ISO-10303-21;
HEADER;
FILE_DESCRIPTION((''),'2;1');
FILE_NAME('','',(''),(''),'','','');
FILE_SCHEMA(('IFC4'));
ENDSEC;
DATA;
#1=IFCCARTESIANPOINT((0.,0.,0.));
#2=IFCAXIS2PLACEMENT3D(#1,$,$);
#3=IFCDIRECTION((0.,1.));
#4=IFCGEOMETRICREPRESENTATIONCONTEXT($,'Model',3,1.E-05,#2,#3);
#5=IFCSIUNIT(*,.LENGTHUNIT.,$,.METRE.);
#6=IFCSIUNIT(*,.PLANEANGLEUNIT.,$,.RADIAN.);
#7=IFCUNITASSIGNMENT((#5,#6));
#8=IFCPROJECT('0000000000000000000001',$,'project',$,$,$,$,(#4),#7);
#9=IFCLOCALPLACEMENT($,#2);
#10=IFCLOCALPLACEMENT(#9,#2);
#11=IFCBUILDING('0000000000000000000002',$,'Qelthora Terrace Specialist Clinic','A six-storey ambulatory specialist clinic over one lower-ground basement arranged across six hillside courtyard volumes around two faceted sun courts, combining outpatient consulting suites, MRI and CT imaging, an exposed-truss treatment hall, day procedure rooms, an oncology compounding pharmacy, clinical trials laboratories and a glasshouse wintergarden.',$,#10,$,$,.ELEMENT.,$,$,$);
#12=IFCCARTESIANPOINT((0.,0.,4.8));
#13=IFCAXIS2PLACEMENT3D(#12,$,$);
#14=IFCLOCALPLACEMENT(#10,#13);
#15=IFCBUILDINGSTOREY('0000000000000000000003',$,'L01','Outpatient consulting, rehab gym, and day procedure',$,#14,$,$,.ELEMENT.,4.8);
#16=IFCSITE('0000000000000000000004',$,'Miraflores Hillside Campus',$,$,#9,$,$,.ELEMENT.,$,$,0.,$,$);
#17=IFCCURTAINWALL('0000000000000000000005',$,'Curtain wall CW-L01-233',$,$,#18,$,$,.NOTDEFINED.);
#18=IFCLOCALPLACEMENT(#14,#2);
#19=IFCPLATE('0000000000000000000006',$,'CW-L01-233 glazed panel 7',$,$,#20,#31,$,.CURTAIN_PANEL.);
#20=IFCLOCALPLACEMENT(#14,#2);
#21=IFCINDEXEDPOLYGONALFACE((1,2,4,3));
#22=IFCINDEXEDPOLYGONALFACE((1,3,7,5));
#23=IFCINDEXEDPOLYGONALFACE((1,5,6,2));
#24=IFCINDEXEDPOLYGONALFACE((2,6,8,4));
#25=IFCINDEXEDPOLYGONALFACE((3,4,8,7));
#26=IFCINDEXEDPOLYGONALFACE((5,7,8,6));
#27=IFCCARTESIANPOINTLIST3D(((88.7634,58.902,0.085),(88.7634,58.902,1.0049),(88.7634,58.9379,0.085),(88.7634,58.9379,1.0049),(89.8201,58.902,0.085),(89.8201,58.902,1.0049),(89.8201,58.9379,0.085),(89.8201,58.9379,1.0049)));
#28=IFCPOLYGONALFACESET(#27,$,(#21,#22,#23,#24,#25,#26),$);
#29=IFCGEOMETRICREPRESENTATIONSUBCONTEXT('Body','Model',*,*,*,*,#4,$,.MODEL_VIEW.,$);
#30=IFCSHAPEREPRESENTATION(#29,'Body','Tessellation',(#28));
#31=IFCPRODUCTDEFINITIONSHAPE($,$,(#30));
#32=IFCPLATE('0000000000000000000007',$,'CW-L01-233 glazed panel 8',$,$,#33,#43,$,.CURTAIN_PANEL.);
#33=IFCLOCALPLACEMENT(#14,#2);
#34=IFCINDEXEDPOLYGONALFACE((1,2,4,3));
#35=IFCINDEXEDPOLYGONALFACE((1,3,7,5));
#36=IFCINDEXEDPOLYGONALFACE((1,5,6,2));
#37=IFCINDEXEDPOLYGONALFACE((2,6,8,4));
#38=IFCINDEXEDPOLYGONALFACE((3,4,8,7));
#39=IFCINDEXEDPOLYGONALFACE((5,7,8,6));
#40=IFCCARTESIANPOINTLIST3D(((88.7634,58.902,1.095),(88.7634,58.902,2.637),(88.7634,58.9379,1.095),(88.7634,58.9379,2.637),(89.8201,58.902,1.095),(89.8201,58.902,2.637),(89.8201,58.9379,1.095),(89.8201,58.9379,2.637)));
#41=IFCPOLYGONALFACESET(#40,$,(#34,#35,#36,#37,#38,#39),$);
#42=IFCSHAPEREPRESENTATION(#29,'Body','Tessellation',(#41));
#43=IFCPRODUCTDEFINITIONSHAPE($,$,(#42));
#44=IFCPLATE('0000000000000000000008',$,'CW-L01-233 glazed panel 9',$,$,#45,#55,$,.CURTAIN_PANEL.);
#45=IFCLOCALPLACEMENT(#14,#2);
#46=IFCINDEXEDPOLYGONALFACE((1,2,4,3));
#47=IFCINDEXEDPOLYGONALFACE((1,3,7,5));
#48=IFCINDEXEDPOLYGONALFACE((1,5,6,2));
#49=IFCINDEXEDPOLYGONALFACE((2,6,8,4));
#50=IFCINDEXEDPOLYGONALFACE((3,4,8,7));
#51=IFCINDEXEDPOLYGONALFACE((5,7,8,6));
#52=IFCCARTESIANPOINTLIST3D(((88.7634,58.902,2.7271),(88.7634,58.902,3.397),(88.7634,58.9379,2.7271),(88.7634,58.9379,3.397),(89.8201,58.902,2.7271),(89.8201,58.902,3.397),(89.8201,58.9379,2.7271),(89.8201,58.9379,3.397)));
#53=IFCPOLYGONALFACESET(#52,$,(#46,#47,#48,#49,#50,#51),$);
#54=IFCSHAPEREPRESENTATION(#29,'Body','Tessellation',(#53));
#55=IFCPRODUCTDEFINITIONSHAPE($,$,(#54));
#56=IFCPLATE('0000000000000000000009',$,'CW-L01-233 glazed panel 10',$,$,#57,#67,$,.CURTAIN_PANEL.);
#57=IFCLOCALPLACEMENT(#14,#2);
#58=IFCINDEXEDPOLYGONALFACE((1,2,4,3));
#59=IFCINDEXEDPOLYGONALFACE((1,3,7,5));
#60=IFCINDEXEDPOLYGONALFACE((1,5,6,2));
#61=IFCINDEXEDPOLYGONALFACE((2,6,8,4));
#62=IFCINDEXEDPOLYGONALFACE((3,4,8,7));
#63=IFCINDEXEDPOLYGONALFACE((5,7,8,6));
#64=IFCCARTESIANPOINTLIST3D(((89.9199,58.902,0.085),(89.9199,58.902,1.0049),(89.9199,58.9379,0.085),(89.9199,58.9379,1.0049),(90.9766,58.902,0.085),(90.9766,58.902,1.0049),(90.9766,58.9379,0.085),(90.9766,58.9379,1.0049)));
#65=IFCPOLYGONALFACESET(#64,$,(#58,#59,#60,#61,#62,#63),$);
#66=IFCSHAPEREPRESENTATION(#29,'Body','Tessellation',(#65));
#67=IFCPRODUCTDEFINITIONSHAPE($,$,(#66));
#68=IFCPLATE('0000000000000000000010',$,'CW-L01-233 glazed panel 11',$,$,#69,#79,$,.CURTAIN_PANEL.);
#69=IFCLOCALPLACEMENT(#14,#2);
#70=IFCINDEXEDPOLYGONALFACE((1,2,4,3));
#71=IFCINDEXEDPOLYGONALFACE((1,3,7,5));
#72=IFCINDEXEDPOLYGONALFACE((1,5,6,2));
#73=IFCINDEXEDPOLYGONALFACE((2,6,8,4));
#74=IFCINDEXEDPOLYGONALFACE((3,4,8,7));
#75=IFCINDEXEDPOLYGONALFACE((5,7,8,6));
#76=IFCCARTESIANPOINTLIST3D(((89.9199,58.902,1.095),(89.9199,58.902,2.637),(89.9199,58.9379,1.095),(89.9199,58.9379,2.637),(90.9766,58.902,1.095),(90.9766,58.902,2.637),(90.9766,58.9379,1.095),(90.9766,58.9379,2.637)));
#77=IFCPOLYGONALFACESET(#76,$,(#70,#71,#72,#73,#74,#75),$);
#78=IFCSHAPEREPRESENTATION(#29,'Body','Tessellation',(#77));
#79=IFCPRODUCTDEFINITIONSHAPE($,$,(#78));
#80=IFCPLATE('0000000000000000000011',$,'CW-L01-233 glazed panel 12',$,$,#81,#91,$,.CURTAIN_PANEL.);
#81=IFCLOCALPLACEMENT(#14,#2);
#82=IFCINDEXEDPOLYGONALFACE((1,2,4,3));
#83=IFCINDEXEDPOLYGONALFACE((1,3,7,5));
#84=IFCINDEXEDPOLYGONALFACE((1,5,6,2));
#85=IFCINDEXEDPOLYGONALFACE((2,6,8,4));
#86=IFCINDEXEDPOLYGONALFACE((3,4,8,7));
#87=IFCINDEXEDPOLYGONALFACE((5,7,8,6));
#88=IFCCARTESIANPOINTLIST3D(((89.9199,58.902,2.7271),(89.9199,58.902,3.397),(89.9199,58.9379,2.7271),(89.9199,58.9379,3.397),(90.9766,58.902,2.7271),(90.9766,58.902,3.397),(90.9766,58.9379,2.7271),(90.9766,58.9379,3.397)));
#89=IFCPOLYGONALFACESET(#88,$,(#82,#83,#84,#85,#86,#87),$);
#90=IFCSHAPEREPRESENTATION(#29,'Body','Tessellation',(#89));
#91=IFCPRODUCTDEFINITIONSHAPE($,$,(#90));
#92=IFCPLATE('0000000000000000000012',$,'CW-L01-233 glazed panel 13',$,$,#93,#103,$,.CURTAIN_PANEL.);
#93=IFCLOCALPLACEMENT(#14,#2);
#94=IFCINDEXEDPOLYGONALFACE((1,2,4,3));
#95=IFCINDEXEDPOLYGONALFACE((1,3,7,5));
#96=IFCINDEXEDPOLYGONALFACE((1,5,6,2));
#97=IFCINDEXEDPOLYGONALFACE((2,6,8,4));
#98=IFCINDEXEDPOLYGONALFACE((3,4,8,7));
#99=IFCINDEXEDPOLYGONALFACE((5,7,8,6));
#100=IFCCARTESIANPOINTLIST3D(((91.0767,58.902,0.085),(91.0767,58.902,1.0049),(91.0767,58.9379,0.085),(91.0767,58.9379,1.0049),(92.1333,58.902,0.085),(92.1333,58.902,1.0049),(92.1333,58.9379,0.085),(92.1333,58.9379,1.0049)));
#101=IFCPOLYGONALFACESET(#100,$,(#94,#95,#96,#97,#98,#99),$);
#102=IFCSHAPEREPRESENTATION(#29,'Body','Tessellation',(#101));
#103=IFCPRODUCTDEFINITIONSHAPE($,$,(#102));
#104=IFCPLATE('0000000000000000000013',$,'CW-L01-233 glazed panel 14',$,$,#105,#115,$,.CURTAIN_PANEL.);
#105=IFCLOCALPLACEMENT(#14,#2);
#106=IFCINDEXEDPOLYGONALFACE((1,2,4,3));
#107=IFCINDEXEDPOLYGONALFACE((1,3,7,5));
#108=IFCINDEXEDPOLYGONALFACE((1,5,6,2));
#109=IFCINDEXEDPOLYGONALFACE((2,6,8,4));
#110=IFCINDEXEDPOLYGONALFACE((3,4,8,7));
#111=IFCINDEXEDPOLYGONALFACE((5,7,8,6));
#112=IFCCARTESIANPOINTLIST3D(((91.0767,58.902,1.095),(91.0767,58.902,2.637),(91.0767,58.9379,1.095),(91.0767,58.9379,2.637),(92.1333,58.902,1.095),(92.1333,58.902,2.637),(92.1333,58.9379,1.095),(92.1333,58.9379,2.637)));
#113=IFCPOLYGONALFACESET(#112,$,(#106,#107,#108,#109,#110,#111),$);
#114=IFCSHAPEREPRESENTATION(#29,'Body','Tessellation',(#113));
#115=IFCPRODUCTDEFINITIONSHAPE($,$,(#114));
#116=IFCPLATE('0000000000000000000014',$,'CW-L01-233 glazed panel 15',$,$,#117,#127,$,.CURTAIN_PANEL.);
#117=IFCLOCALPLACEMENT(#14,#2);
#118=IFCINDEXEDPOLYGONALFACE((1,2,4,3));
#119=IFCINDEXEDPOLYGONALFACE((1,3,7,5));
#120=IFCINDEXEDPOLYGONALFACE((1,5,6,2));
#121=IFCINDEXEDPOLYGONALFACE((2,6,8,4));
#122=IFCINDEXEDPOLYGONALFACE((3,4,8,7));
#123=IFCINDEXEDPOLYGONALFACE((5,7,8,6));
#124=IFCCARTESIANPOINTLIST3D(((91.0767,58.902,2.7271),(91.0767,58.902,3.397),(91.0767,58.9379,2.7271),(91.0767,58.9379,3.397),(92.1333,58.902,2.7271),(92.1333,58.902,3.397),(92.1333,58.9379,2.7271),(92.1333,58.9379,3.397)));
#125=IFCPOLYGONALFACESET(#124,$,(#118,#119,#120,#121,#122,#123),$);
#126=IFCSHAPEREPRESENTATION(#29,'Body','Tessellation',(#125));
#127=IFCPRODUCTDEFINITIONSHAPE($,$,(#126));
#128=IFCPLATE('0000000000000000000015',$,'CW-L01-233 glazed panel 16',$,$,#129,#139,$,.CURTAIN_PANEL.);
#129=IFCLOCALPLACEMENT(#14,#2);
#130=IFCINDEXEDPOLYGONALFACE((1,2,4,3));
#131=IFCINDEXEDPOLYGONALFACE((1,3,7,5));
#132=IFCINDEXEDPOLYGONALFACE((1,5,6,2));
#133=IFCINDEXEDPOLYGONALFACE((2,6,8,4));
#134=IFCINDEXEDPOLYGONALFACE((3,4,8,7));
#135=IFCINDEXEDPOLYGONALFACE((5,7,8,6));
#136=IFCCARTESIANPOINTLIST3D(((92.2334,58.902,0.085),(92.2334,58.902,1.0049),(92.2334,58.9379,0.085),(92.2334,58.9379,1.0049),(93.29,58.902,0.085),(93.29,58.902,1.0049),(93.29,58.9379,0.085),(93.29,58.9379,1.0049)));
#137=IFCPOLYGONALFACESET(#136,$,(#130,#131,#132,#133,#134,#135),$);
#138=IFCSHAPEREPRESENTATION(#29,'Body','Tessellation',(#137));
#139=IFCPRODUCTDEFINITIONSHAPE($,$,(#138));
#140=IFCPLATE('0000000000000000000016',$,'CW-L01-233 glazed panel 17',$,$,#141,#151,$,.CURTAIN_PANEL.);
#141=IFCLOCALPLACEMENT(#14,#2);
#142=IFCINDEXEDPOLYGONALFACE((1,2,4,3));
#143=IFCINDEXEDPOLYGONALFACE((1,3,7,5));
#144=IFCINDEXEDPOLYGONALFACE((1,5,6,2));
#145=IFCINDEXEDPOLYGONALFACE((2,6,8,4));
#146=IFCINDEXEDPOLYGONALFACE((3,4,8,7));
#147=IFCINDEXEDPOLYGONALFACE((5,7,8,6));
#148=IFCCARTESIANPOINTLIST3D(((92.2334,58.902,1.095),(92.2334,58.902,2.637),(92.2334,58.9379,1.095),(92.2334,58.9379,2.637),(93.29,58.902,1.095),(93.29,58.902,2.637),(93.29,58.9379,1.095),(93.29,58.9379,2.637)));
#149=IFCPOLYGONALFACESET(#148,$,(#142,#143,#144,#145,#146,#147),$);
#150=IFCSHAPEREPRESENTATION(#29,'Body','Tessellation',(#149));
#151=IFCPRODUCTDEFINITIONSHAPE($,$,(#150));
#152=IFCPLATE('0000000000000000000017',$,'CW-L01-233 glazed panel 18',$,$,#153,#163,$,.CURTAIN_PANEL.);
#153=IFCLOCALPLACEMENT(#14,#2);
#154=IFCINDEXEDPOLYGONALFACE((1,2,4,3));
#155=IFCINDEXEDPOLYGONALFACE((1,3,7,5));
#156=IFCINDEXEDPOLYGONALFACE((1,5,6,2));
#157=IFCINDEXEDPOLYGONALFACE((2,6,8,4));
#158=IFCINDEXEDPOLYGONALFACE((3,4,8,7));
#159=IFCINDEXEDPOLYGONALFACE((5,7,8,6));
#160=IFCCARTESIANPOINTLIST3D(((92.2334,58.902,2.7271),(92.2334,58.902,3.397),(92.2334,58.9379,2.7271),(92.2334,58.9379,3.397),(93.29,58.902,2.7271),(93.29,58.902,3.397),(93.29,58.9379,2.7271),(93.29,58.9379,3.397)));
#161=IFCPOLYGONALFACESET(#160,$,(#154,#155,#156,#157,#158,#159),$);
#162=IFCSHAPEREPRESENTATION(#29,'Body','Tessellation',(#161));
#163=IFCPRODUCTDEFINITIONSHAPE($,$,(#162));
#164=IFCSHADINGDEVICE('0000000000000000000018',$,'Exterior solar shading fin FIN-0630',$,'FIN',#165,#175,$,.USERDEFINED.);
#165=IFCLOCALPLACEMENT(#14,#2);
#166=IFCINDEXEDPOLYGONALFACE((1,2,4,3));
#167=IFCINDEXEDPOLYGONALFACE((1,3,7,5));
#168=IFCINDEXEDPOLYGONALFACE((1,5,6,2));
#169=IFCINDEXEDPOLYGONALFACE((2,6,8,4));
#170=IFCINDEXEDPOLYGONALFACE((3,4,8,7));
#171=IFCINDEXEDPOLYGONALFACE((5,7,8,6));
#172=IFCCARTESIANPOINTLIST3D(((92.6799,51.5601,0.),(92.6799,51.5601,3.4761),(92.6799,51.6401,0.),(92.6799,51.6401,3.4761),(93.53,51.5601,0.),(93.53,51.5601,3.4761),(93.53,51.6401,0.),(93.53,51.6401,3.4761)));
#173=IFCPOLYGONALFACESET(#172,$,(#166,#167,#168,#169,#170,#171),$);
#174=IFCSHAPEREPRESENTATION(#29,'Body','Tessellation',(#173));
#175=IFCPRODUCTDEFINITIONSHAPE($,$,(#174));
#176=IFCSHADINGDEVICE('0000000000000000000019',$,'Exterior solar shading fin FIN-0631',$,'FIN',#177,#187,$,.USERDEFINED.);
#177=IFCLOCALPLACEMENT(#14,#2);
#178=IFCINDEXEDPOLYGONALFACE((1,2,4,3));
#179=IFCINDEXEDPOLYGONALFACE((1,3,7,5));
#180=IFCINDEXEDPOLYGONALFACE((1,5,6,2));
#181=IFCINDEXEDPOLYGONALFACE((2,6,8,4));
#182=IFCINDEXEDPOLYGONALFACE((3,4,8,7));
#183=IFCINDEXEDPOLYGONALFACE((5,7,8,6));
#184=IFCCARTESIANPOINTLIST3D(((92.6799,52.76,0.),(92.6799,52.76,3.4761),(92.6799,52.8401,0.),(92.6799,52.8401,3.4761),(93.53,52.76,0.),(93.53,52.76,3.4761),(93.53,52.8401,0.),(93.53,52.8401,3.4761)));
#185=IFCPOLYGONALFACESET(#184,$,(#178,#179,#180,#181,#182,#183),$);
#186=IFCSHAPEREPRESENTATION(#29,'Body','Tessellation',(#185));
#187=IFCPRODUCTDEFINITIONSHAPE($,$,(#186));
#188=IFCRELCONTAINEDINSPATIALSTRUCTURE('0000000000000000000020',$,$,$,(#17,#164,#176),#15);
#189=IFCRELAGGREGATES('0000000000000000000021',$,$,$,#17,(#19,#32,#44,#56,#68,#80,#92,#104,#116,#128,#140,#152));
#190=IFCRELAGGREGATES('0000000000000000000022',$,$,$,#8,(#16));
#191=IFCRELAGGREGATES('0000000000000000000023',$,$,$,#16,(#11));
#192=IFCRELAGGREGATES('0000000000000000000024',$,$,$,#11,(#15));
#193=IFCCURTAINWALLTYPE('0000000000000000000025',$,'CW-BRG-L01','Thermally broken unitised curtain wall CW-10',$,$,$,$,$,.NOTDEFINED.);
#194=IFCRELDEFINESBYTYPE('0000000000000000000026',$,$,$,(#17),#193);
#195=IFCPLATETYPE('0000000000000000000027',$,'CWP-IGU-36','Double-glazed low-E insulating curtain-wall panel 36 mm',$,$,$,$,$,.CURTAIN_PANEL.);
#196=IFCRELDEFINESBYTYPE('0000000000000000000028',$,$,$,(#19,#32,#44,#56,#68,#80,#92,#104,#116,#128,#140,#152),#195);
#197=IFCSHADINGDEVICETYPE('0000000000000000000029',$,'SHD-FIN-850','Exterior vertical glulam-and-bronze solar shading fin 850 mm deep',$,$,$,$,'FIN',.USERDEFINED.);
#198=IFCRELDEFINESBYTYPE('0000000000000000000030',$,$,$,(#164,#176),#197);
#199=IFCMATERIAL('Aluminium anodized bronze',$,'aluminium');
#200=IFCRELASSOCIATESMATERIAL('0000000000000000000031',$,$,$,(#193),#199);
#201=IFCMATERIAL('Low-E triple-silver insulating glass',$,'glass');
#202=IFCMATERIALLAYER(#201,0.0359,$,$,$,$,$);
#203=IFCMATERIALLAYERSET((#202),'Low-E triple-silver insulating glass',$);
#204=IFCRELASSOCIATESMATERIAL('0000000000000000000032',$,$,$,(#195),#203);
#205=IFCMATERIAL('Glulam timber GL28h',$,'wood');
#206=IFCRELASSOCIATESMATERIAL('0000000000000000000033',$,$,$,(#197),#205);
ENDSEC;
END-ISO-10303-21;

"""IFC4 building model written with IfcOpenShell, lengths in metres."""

from ifc_helpers import new_model, si_unit, direction, frame, origin, origin_2d, place, context, subcontext, project, spatial, rectangle, extrude, material, layer, layer_set, type_object, element, aggregate, save


model = new_model("IFC4")

# Units and contexts
model_context = context("Model", 3, precision=1e-05, world=origin(), true_north=direction((0.0, 1.0)))
body_context = subcontext(model_context, "Body", "Model", "MODEL_VIEW")
ifc_project = project(units=[si_unit("LENGTHUNIT", "METRE"), si_unit("PLANEANGLEUNIT", "RADIAN")], contexts=[model_context])

# Site, building, storey
site_placement = place(None, origin())
site = spatial("IfcSite", under=ifc_project, at=site_placement, Name="Miraflores Hillside Campus", CompositionType="ELEMENT", RefElevation=0.0)
building_placement = place(site_placement, origin())
building = spatial("IfcBuilding", under=site, at=building_placement, Name="Qelthora Terrace Specialist Clinic", Description="A six-storey ambulatory specialist clinic over one lower-ground basement arranged across six hillside courtyard volumes around two faceted sun courts, combining outpatient consulting suites, MRI and CT imaging, an exposed-truss treatment hall, day procedure rooms, an oncology compounding pharmacy, clinical trials laboratories and a glasshouse wintergarden.", CompositionType="ELEMENT")
storey_placement = place(building_placement, frame((0.0, 0.0, 4.8)))
storey = spatial("IfcBuildingStorey", under=building, at=storey_placement, Name="L01", Description="Outpatient consulting, rehab gym, and day procedure", CompositionType="ELEMENT", Elevation=4.8)

# Curtain wall
ifc_material_1 = material(Name="Aluminium anodized bronze", Category="aluminium")
curtain_wall_type = type_object("IfcCurtainWallType", Name="CW-BRG-L01", Description="Thermally broken unitised curtain wall CW-10", PredefinedType="NOTDEFINED", material=ifc_material_1)
curtain_wall_placement = place(storey_placement, origin())
curtain_wall = element("IfcCurtainWall", 1, at=curtain_wall_placement, inside=storey, type_object=curtain_wall_type, Name="Curtain wall CW-L01-233", PredefinedType="NOTDEFINED")

# Plates
ifc_material_2 = material(Name="Low-E triple-silver insulating glass", Category="glass")
ifc_layer = layer(ifc_material_2, 0.0359)
ifc_layer_set = layer_set([ifc_layer], Name="Low-E triple-silver insulating glass")
plate_type = type_object("IfcPlateType", Name="CWP-IGU-36", Description="Double-glazed low-E insulating curtain-wall panel 36 mm", PredefinedType="CURTAIN_PANEL", material=ifc_layer_set)
plate_1_placement = place(storey_placement, frame((89.2917, 58.9199, 0.085), z_axis=(0.0, 0.0, 1.0), x_axis=(1.0, 0.0, 0.0)))
plate_1 = element("IfcPlate", 2, at=plate_1_placement, type_object=plate_type, Name="CW-L01-233 glazed panel 7", PredefinedType="CURTAIN_PANEL", context=body_context, shape_type="SweptSolid", body=[
    extrude(rectangle(XDim=1.0566, YDim=0.0359, at=origin_2d()), origin(), (0.0, 0.0, 1.0), 0.9199),
])
plate_2_placement = place(storey_placement, frame((89.2917, 58.9199, 1.095), z_axis=(0.0, 0.0, 1.0), x_axis=(1.0, 0.0, 0.0)))
plate_2 = element("IfcPlate", 3, at=plate_2_placement, type_object=plate_type, Name="CW-L01-233 glazed panel 8", PredefinedType="CURTAIN_PANEL", context=body_context, shape_type="SweptSolid", body=[
    extrude(rectangle(XDim=1.0566, YDim=0.0359, at=origin_2d()), origin(), (0.0, 0.0, 1.0), 1.542),
])
plate_3_placement = place(storey_placement, frame((89.2917, 58.9199, 2.7271), z_axis=(0.0, 0.0, 1.0), x_axis=(1.0, 0.0, 0.0)))
plate_3 = element("IfcPlate", 4, at=plate_3_placement, type_object=plate_type, Name="CW-L01-233 glazed panel 9", PredefinedType="CURTAIN_PANEL", context=body_context, shape_type="SweptSolid", body=[
    extrude(rectangle(XDim=1.0566, YDim=0.0359, at=origin_2d()), origin(), (0.0, 0.0, 1.0), 0.6699),
])
plate_4_placement = place(storey_placement, frame((90.4482, 58.9199, 0.085), z_axis=(0.0, 0.0, 1.0), x_axis=(1.0, 0.0, 0.0)))
plate_4 = element("IfcPlate", 5, at=plate_4_placement, type_object=plate_type, Name="CW-L01-233 glazed panel 10", PredefinedType="CURTAIN_PANEL", context=body_context, shape_type="SweptSolid", body=[
    extrude(rectangle(XDim=1.0566, YDim=0.0359, at=origin_2d()), origin(), (0.0, 0.0, 1.0), 0.9199),
])
plate_5_placement = place(storey_placement, frame((90.4482, 58.9199, 1.095), z_axis=(0.0, 0.0, 1.0), x_axis=(1.0, 0.0, 0.0)))
plate_5 = element("IfcPlate", 6, at=plate_5_placement, type_object=plate_type, Name="CW-L01-233 glazed panel 11", PredefinedType="CURTAIN_PANEL", context=body_context, shape_type="SweptSolid", body=[
    extrude(rectangle(XDim=1.0566, YDim=0.0359, at=origin_2d()), origin(), (0.0, 0.0, 1.0), 1.542),
])
plate_6_placement = place(storey_placement, frame((90.4482, 58.9199, 2.7271), z_axis=(0.0, 0.0, 1.0), x_axis=(1.0, 0.0, 0.0)))
plate_6 = element("IfcPlate", 7, at=plate_6_placement, type_object=plate_type, Name="CW-L01-233 glazed panel 12", PredefinedType="CURTAIN_PANEL", context=body_context, shape_type="SweptSolid", body=[
    extrude(rectangle(XDim=1.0566, YDim=0.0359, at=origin_2d()), origin(), (0.0, 0.0, 1.0), 0.6699),
])
plate_7_placement = place(storey_placement, frame((91.605, 58.9199, 0.085), z_axis=(0.0, 0.0, 1.0), x_axis=(1.0, 0.0, 0.0)))
plate_7 = element("IfcPlate", 8, at=plate_7_placement, type_object=plate_type, Name="CW-L01-233 glazed panel 13", PredefinedType="CURTAIN_PANEL", context=body_context, shape_type="SweptSolid", body=[
    extrude(rectangle(XDim=1.0566, YDim=0.0359, at=origin_2d()), origin(), (0.0, 0.0, 1.0), 0.9199),
])
plate_8_placement = place(storey_placement, frame((91.605, 58.9199, 1.095), z_axis=(0.0, 0.0, 1.0), x_axis=(1.0, 0.0, 0.0)))
plate_8 = element("IfcPlate", 9, at=plate_8_placement, type_object=plate_type, Name="CW-L01-233 glazed panel 14", PredefinedType="CURTAIN_PANEL", context=body_context, shape_type="SweptSolid", body=[
    extrude(rectangle(XDim=1.0566, YDim=0.0359, at=origin_2d()), origin(), (0.0, 0.0, 1.0), 1.542),
])
plate_9_placement = place(storey_placement, frame((91.605, 58.9199, 2.7271), z_axis=(0.0, 0.0, 1.0), x_axis=(1.0, 0.0, 0.0)))
plate_9 = element("IfcPlate", 10, at=plate_9_placement, type_object=plate_type, Name="CW-L01-233 glazed panel 15", PredefinedType="CURTAIN_PANEL", context=body_context, shape_type="SweptSolid", body=[
    extrude(rectangle(XDim=1.0566, YDim=0.0359, at=origin_2d()), origin(), (0.0, 0.0, 1.0), 0.6699),
])
plate_10_placement = place(storey_placement, frame((92.7617, 58.9199, 0.085), z_axis=(0.0, 0.0, 1.0), x_axis=(1.0, 0.0, 0.0)))
plate_10 = element("IfcPlate", 11, at=plate_10_placement, type_object=plate_type, Name="CW-L01-233 glazed panel 16", PredefinedType="CURTAIN_PANEL", context=body_context, shape_type="SweptSolid", body=[
    extrude(rectangle(XDim=1.0566, YDim=0.0359, at=origin_2d()), origin(), (0.0, 0.0, 1.0), 0.9199),
])
plate_11_placement = place(storey_placement, frame((92.7617, 58.9199, 1.095), z_axis=(0.0, 0.0, 1.0), x_axis=(1.0, 0.0, 0.0)))
plate_11 = element("IfcPlate", 12, at=plate_11_placement, type_object=plate_type, Name="CW-L01-233 glazed panel 17", PredefinedType="CURTAIN_PANEL", context=body_context, shape_type="SweptSolid", body=[
    extrude(rectangle(XDim=1.0566, YDim=0.0359, at=origin_2d()), origin(), (0.0, 0.0, 1.0), 1.542),
])
plate_12_placement = place(storey_placement, frame((92.7617, 58.9199, 2.7271), z_axis=(0.0, 0.0, 1.0), x_axis=(1.0, 0.0, 0.0)))
plate_12 = element("IfcPlate", 13, at=plate_12_placement, type_object=plate_type, Name="CW-L01-233 glazed panel 18", PredefinedType="CURTAIN_PANEL", context=body_context, shape_type="SweptSolid", body=[
    extrude(rectangle(XDim=1.0566, YDim=0.0359, at=origin_2d()), origin(), (0.0, 0.0, 1.0), 0.6699),
])
aggregate(curtain_wall, [plate_1, plate_2, plate_3, plate_4, plate_5, plate_6, plate_7, plate_8, plate_9, plate_10, plate_11, plate_12])

# Shading devices
ifc_material_3 = material(Name="Glulam timber GL28h", Category="wood")
shading_device_type = type_object("IfcShadingDeviceType", Name="SHD-FIN-850", Description="Exterior vertical glulam-and-bronze solar shading fin 850 mm deep", ElementType="FIN", PredefinedType="USERDEFINED", material=ifc_material_3)
for number, where, z_axis, x_axis, name in (
    (14, (93.105, 51.6001, 0.0), (0.0, 0.0, 1.0), (-1.0, 0.0, 0.0), "Exterior solar shading fin FIN-0630"),
    (15, (93.105, 52.8, 0.0), (0.0, 0.0, 1.0), (-1.0, 0.0, 0.0), "Exterior solar shading fin FIN-0631"),
):
    element("IfcShadingDevice", number, at=place(storey_placement, frame(where, z_axis=z_axis, x_axis=x_axis)), inside=storey, type_object=shading_device_type, Name=name, ObjectType="FIN", PredefinedType="USERDEFINED", context=body_context, shape_type="SweptSolid", body=[
        extrude(rectangle(XDim=0.8501, YDim=0.0801, at=origin_2d()), origin(), (0.0, 0.0, 1.0), 3.4761),
    ])

save(model, "model.ifc")
